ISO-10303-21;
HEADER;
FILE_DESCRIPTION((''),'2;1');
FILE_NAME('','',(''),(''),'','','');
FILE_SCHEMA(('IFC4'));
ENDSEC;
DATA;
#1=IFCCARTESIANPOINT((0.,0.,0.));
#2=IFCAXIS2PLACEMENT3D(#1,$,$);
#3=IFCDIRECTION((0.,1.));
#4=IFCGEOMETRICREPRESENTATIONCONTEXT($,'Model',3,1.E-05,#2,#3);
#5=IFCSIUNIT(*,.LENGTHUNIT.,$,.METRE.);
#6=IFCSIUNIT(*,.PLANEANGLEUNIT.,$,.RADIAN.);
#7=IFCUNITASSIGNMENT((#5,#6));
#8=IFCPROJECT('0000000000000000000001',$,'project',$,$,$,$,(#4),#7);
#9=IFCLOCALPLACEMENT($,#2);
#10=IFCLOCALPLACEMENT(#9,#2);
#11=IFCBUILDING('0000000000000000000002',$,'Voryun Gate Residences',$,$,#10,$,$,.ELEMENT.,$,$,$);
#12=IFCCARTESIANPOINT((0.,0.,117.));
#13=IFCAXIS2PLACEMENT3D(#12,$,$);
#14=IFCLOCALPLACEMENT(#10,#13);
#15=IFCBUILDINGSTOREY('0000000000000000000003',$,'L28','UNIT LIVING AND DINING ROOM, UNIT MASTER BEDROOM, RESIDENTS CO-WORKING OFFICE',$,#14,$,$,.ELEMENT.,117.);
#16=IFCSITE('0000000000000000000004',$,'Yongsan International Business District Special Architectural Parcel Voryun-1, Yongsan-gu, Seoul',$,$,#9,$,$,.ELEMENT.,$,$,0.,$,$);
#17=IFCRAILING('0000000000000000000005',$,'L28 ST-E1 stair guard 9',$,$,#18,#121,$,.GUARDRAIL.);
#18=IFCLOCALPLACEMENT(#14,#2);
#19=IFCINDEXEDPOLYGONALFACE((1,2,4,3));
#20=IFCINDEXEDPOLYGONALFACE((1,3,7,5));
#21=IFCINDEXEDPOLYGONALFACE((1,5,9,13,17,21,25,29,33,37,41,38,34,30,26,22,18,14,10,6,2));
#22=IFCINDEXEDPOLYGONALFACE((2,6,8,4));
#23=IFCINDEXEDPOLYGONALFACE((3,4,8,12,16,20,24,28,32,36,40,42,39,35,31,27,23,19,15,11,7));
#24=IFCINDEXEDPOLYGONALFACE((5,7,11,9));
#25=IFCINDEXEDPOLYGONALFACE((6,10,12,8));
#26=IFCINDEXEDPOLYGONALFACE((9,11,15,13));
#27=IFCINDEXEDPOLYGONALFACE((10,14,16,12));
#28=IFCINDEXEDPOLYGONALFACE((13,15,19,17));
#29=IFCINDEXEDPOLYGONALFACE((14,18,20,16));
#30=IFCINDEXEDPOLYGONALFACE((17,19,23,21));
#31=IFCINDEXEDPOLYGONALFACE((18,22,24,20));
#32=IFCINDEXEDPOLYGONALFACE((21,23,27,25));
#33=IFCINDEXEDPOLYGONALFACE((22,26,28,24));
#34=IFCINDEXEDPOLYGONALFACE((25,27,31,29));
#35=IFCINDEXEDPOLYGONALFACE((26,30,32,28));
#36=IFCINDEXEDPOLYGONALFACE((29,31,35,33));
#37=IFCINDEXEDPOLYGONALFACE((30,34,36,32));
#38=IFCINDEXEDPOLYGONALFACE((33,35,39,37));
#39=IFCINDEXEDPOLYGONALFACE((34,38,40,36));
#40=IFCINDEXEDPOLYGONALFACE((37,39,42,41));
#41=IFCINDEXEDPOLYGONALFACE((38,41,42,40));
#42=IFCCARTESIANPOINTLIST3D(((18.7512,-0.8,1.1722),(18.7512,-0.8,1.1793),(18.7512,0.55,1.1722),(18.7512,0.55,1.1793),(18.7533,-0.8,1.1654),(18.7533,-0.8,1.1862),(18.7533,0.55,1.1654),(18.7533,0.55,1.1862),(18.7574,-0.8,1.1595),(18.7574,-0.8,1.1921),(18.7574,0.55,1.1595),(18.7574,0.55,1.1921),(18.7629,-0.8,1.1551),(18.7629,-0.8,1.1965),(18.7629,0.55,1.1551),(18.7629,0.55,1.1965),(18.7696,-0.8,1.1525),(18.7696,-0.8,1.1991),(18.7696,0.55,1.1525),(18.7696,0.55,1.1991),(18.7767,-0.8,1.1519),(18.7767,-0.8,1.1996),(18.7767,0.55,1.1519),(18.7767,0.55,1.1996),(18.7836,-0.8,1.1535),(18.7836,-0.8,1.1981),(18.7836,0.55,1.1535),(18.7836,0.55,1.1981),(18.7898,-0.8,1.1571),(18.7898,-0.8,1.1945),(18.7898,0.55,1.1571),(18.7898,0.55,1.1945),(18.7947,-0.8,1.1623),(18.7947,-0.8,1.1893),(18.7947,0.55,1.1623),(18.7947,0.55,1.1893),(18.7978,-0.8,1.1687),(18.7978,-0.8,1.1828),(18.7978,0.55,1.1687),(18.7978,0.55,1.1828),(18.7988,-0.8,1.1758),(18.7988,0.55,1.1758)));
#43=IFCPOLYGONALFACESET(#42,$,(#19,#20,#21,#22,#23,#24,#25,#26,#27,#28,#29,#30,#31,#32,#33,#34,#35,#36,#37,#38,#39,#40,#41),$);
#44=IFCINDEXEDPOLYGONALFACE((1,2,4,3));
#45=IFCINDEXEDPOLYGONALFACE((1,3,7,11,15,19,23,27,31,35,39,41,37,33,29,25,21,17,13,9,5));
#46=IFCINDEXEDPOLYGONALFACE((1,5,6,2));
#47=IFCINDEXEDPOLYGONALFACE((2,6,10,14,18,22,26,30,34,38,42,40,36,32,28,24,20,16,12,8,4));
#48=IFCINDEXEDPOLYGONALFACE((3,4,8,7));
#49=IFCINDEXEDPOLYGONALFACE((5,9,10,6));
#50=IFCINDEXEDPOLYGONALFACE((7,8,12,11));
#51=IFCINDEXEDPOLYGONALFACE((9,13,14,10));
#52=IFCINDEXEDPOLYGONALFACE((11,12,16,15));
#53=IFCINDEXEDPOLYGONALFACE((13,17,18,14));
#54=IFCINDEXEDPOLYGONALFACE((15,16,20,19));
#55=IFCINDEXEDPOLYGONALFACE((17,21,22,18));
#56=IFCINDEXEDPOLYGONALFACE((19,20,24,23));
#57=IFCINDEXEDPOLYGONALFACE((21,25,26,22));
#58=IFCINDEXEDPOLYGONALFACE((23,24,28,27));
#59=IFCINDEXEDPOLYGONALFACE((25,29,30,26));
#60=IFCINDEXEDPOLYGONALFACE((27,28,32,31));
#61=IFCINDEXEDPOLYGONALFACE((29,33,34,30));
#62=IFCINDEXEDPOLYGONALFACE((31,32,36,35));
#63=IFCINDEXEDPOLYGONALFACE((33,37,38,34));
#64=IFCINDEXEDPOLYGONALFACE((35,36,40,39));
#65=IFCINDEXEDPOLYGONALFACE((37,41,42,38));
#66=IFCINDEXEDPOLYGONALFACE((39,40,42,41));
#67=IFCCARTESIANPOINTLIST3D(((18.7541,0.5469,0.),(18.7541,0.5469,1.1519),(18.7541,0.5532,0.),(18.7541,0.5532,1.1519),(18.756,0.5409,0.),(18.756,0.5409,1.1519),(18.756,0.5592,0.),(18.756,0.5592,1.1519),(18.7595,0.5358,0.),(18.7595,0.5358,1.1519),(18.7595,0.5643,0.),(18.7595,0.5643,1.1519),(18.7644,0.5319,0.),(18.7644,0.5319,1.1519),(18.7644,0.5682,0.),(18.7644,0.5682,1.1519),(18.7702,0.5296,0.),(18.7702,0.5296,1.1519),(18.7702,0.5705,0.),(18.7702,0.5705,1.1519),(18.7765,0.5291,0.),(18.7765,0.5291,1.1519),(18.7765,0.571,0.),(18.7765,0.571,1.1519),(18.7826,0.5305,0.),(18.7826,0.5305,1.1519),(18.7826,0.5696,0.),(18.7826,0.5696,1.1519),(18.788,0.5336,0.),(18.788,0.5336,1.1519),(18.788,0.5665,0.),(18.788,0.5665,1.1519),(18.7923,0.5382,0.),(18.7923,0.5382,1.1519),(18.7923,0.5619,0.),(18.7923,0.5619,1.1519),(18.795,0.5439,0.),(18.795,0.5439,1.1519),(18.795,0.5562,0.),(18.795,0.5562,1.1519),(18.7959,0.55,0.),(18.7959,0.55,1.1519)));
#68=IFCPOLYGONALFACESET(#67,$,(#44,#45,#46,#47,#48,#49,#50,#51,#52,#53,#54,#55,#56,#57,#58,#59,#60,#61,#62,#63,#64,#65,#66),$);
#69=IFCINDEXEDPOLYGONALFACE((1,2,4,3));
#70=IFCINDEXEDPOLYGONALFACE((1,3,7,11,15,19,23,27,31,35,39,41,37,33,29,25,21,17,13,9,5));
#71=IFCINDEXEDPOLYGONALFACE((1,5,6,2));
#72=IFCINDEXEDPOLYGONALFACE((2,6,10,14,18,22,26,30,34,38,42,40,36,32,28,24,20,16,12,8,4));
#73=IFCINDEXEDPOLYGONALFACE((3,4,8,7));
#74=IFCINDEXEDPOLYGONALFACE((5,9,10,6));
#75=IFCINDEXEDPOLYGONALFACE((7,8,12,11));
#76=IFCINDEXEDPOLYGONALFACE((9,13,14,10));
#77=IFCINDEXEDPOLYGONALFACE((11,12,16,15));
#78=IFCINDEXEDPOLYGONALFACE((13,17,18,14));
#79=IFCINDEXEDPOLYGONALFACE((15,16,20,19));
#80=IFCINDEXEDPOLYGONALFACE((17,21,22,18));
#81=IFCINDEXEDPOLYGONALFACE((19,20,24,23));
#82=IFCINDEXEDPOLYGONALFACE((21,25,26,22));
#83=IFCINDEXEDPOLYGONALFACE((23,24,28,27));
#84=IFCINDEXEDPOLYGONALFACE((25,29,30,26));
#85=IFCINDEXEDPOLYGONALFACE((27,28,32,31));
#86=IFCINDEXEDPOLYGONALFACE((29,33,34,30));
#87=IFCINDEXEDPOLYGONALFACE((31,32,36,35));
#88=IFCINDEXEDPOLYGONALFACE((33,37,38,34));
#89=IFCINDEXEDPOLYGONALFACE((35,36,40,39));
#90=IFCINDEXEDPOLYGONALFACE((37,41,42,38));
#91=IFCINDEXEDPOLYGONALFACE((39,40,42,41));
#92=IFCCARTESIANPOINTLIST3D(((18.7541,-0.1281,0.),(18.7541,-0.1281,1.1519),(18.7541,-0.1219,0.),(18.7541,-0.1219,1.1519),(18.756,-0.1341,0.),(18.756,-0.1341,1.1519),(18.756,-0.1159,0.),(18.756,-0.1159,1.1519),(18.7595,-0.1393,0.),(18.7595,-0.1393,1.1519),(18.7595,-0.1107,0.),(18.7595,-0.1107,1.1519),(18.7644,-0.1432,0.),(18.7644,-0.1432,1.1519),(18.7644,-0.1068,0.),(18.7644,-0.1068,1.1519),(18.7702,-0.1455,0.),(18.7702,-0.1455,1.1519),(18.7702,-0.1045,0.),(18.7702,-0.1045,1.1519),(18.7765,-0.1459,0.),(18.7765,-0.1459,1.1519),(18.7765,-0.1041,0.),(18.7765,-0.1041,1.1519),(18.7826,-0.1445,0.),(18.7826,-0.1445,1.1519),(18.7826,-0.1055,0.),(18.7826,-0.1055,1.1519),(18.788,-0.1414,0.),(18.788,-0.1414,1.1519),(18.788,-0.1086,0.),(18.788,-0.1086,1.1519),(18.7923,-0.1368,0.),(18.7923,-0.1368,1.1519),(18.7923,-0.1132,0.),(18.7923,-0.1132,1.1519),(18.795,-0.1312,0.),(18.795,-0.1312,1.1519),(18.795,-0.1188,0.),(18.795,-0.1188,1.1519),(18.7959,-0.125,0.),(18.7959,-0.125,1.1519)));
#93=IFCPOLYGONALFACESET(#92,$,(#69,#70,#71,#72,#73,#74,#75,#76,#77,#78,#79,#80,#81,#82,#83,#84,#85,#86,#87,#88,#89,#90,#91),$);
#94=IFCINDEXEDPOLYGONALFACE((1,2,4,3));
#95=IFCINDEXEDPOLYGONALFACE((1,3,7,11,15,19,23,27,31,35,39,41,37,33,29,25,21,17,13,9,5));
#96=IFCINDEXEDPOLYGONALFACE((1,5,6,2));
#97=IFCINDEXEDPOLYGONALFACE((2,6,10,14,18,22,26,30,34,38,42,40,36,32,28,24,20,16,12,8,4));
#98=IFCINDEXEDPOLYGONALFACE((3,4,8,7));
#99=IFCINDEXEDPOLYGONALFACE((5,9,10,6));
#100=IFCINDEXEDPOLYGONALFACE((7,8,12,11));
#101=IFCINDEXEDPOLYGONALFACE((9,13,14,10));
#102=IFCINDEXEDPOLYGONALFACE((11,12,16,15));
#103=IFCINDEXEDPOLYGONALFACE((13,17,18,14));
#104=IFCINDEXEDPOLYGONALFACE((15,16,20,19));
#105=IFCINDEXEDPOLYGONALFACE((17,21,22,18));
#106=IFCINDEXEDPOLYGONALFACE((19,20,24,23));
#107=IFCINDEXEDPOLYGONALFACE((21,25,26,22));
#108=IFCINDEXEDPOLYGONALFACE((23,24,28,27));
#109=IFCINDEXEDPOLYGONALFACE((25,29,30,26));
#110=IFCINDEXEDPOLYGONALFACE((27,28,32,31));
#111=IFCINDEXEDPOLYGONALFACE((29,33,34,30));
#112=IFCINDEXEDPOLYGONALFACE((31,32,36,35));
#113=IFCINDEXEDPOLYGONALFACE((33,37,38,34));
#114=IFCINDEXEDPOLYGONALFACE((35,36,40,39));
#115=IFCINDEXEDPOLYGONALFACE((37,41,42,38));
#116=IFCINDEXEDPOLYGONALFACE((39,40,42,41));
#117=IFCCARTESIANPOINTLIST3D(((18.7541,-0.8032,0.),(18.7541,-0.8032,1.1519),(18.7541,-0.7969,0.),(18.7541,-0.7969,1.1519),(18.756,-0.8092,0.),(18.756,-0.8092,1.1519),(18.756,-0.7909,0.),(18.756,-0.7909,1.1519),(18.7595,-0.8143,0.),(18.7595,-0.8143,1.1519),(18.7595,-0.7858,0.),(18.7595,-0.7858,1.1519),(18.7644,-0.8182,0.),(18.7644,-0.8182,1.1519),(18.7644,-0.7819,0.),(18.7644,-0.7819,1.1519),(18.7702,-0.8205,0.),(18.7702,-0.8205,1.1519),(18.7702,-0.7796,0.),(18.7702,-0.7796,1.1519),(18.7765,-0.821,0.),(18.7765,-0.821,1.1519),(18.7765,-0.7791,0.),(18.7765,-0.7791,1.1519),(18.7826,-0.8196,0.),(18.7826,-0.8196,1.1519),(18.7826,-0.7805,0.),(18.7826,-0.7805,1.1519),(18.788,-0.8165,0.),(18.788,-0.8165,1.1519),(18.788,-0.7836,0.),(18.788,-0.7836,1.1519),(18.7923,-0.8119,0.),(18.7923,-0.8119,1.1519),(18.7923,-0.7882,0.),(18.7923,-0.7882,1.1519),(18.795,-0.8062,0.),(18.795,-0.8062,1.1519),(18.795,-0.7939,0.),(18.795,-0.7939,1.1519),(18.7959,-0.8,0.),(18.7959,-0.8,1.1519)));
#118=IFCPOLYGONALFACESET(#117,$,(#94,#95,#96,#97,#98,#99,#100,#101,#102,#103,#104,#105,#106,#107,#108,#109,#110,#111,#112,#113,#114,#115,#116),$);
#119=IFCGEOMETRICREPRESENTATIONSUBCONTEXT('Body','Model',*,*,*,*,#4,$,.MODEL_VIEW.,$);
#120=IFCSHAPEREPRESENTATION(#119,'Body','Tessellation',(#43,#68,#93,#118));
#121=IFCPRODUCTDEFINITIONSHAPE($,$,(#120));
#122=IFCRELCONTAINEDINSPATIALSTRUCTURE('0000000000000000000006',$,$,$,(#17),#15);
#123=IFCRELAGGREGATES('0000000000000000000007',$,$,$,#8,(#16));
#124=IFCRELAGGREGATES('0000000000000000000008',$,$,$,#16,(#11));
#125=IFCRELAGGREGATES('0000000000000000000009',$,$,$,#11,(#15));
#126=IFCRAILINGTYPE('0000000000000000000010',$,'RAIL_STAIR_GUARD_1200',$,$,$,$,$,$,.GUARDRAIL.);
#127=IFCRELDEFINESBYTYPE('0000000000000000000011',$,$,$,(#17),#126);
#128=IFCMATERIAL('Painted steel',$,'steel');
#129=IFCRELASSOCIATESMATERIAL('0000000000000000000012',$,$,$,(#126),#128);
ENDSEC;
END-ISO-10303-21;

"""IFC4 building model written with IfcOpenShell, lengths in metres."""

from ifc_helpers import new_model, si_unit, direction, frame, origin, origin_2d, place, context, subcontext, project, spatial, circle, extrude, material, type_object, element, save


model = new_model("IFC4")

# Units and contexts
model_context = context("Model", 3, precision=1e-05, world=origin(), true_north=direction((0.0, 1.0)))
body_context = subcontext(model_context, "Body", "Model", "MODEL_VIEW")
ifc_project = project(units=[si_unit("LENGTHUNIT", "METRE"), si_unit("PLANEANGLEUNIT", "RADIAN")], contexts=[model_context])

# Site, building, storey
site_placement = place(None, origin())
site = spatial("IfcSite", under=ifc_project, at=site_placement, Name="Yongsan International Business District Special Architectural Parcel Voryun-1, Yongsan-gu, Seoul", CompositionType="ELEMENT", RefElevation=0.0)
building_placement = place(site_placement, origin())
building = spatial("IfcBuilding", under=site, at=building_placement, Name="Voryun Gate Residences", CompositionType="ELEMENT")
storey_placement = place(building_placement, frame((0.0, 0.0, 117.0)))
storey = spatial("IfcBuildingStorey", under=building, at=storey_placement, Name="L28", Description="UNIT LIVING AND DINING ROOM, UNIT MASTER BEDROOM, RESIDENTS CO-WORKING OFFICE", CompositionType="ELEMENT", Elevation=117.0)

# Railing
ifc_material_1 = material(Name="Painted steel", Category="steel")
railing_type = type_object("IfcRailingType", Name="RAIL_STAIR_GUARD_1200", PredefinedType="GUARDRAIL", material=ifc_material_1)
railing_1_placement = place(storey_placement, frame((18.7749, 0.55, 0.0)))
element("IfcRailing", 1, at=railing_1_placement, inside=storey, type_object=railing_type, Name="L28 ST-E1 stair guard 9", PredefinedType="GUARDRAIL", context=body_context, shape_type="SweptSolid", body=[
    extrude(circle(Radius=0.0239, at=origin_2d()), frame((0.0, 0.0, 1.1758), z_axis=(0.0, -1.0, 0.0), x_axis=(1.0, 0.0, 0.0)), (0.0, 0.0, 1.0), 1.3501),
    extrude(circle(Radius=0.021, at=origin_2d()), origin(), (0.0, 0.0, 1.0), 1.1519),
    extrude(circle(Radius=0.021, at=origin_2d()), frame((0.0, -0.675, 0.0)), (0.0, 0.0, 1.0), 1.1519),
    extrude(circle(Radius=0.021, at=origin_2d()), frame((0.0, -1.3501, 0.0)), (0.0, 0.0, 1.0), 1.1519),
])

save(model, "model.ifc")
